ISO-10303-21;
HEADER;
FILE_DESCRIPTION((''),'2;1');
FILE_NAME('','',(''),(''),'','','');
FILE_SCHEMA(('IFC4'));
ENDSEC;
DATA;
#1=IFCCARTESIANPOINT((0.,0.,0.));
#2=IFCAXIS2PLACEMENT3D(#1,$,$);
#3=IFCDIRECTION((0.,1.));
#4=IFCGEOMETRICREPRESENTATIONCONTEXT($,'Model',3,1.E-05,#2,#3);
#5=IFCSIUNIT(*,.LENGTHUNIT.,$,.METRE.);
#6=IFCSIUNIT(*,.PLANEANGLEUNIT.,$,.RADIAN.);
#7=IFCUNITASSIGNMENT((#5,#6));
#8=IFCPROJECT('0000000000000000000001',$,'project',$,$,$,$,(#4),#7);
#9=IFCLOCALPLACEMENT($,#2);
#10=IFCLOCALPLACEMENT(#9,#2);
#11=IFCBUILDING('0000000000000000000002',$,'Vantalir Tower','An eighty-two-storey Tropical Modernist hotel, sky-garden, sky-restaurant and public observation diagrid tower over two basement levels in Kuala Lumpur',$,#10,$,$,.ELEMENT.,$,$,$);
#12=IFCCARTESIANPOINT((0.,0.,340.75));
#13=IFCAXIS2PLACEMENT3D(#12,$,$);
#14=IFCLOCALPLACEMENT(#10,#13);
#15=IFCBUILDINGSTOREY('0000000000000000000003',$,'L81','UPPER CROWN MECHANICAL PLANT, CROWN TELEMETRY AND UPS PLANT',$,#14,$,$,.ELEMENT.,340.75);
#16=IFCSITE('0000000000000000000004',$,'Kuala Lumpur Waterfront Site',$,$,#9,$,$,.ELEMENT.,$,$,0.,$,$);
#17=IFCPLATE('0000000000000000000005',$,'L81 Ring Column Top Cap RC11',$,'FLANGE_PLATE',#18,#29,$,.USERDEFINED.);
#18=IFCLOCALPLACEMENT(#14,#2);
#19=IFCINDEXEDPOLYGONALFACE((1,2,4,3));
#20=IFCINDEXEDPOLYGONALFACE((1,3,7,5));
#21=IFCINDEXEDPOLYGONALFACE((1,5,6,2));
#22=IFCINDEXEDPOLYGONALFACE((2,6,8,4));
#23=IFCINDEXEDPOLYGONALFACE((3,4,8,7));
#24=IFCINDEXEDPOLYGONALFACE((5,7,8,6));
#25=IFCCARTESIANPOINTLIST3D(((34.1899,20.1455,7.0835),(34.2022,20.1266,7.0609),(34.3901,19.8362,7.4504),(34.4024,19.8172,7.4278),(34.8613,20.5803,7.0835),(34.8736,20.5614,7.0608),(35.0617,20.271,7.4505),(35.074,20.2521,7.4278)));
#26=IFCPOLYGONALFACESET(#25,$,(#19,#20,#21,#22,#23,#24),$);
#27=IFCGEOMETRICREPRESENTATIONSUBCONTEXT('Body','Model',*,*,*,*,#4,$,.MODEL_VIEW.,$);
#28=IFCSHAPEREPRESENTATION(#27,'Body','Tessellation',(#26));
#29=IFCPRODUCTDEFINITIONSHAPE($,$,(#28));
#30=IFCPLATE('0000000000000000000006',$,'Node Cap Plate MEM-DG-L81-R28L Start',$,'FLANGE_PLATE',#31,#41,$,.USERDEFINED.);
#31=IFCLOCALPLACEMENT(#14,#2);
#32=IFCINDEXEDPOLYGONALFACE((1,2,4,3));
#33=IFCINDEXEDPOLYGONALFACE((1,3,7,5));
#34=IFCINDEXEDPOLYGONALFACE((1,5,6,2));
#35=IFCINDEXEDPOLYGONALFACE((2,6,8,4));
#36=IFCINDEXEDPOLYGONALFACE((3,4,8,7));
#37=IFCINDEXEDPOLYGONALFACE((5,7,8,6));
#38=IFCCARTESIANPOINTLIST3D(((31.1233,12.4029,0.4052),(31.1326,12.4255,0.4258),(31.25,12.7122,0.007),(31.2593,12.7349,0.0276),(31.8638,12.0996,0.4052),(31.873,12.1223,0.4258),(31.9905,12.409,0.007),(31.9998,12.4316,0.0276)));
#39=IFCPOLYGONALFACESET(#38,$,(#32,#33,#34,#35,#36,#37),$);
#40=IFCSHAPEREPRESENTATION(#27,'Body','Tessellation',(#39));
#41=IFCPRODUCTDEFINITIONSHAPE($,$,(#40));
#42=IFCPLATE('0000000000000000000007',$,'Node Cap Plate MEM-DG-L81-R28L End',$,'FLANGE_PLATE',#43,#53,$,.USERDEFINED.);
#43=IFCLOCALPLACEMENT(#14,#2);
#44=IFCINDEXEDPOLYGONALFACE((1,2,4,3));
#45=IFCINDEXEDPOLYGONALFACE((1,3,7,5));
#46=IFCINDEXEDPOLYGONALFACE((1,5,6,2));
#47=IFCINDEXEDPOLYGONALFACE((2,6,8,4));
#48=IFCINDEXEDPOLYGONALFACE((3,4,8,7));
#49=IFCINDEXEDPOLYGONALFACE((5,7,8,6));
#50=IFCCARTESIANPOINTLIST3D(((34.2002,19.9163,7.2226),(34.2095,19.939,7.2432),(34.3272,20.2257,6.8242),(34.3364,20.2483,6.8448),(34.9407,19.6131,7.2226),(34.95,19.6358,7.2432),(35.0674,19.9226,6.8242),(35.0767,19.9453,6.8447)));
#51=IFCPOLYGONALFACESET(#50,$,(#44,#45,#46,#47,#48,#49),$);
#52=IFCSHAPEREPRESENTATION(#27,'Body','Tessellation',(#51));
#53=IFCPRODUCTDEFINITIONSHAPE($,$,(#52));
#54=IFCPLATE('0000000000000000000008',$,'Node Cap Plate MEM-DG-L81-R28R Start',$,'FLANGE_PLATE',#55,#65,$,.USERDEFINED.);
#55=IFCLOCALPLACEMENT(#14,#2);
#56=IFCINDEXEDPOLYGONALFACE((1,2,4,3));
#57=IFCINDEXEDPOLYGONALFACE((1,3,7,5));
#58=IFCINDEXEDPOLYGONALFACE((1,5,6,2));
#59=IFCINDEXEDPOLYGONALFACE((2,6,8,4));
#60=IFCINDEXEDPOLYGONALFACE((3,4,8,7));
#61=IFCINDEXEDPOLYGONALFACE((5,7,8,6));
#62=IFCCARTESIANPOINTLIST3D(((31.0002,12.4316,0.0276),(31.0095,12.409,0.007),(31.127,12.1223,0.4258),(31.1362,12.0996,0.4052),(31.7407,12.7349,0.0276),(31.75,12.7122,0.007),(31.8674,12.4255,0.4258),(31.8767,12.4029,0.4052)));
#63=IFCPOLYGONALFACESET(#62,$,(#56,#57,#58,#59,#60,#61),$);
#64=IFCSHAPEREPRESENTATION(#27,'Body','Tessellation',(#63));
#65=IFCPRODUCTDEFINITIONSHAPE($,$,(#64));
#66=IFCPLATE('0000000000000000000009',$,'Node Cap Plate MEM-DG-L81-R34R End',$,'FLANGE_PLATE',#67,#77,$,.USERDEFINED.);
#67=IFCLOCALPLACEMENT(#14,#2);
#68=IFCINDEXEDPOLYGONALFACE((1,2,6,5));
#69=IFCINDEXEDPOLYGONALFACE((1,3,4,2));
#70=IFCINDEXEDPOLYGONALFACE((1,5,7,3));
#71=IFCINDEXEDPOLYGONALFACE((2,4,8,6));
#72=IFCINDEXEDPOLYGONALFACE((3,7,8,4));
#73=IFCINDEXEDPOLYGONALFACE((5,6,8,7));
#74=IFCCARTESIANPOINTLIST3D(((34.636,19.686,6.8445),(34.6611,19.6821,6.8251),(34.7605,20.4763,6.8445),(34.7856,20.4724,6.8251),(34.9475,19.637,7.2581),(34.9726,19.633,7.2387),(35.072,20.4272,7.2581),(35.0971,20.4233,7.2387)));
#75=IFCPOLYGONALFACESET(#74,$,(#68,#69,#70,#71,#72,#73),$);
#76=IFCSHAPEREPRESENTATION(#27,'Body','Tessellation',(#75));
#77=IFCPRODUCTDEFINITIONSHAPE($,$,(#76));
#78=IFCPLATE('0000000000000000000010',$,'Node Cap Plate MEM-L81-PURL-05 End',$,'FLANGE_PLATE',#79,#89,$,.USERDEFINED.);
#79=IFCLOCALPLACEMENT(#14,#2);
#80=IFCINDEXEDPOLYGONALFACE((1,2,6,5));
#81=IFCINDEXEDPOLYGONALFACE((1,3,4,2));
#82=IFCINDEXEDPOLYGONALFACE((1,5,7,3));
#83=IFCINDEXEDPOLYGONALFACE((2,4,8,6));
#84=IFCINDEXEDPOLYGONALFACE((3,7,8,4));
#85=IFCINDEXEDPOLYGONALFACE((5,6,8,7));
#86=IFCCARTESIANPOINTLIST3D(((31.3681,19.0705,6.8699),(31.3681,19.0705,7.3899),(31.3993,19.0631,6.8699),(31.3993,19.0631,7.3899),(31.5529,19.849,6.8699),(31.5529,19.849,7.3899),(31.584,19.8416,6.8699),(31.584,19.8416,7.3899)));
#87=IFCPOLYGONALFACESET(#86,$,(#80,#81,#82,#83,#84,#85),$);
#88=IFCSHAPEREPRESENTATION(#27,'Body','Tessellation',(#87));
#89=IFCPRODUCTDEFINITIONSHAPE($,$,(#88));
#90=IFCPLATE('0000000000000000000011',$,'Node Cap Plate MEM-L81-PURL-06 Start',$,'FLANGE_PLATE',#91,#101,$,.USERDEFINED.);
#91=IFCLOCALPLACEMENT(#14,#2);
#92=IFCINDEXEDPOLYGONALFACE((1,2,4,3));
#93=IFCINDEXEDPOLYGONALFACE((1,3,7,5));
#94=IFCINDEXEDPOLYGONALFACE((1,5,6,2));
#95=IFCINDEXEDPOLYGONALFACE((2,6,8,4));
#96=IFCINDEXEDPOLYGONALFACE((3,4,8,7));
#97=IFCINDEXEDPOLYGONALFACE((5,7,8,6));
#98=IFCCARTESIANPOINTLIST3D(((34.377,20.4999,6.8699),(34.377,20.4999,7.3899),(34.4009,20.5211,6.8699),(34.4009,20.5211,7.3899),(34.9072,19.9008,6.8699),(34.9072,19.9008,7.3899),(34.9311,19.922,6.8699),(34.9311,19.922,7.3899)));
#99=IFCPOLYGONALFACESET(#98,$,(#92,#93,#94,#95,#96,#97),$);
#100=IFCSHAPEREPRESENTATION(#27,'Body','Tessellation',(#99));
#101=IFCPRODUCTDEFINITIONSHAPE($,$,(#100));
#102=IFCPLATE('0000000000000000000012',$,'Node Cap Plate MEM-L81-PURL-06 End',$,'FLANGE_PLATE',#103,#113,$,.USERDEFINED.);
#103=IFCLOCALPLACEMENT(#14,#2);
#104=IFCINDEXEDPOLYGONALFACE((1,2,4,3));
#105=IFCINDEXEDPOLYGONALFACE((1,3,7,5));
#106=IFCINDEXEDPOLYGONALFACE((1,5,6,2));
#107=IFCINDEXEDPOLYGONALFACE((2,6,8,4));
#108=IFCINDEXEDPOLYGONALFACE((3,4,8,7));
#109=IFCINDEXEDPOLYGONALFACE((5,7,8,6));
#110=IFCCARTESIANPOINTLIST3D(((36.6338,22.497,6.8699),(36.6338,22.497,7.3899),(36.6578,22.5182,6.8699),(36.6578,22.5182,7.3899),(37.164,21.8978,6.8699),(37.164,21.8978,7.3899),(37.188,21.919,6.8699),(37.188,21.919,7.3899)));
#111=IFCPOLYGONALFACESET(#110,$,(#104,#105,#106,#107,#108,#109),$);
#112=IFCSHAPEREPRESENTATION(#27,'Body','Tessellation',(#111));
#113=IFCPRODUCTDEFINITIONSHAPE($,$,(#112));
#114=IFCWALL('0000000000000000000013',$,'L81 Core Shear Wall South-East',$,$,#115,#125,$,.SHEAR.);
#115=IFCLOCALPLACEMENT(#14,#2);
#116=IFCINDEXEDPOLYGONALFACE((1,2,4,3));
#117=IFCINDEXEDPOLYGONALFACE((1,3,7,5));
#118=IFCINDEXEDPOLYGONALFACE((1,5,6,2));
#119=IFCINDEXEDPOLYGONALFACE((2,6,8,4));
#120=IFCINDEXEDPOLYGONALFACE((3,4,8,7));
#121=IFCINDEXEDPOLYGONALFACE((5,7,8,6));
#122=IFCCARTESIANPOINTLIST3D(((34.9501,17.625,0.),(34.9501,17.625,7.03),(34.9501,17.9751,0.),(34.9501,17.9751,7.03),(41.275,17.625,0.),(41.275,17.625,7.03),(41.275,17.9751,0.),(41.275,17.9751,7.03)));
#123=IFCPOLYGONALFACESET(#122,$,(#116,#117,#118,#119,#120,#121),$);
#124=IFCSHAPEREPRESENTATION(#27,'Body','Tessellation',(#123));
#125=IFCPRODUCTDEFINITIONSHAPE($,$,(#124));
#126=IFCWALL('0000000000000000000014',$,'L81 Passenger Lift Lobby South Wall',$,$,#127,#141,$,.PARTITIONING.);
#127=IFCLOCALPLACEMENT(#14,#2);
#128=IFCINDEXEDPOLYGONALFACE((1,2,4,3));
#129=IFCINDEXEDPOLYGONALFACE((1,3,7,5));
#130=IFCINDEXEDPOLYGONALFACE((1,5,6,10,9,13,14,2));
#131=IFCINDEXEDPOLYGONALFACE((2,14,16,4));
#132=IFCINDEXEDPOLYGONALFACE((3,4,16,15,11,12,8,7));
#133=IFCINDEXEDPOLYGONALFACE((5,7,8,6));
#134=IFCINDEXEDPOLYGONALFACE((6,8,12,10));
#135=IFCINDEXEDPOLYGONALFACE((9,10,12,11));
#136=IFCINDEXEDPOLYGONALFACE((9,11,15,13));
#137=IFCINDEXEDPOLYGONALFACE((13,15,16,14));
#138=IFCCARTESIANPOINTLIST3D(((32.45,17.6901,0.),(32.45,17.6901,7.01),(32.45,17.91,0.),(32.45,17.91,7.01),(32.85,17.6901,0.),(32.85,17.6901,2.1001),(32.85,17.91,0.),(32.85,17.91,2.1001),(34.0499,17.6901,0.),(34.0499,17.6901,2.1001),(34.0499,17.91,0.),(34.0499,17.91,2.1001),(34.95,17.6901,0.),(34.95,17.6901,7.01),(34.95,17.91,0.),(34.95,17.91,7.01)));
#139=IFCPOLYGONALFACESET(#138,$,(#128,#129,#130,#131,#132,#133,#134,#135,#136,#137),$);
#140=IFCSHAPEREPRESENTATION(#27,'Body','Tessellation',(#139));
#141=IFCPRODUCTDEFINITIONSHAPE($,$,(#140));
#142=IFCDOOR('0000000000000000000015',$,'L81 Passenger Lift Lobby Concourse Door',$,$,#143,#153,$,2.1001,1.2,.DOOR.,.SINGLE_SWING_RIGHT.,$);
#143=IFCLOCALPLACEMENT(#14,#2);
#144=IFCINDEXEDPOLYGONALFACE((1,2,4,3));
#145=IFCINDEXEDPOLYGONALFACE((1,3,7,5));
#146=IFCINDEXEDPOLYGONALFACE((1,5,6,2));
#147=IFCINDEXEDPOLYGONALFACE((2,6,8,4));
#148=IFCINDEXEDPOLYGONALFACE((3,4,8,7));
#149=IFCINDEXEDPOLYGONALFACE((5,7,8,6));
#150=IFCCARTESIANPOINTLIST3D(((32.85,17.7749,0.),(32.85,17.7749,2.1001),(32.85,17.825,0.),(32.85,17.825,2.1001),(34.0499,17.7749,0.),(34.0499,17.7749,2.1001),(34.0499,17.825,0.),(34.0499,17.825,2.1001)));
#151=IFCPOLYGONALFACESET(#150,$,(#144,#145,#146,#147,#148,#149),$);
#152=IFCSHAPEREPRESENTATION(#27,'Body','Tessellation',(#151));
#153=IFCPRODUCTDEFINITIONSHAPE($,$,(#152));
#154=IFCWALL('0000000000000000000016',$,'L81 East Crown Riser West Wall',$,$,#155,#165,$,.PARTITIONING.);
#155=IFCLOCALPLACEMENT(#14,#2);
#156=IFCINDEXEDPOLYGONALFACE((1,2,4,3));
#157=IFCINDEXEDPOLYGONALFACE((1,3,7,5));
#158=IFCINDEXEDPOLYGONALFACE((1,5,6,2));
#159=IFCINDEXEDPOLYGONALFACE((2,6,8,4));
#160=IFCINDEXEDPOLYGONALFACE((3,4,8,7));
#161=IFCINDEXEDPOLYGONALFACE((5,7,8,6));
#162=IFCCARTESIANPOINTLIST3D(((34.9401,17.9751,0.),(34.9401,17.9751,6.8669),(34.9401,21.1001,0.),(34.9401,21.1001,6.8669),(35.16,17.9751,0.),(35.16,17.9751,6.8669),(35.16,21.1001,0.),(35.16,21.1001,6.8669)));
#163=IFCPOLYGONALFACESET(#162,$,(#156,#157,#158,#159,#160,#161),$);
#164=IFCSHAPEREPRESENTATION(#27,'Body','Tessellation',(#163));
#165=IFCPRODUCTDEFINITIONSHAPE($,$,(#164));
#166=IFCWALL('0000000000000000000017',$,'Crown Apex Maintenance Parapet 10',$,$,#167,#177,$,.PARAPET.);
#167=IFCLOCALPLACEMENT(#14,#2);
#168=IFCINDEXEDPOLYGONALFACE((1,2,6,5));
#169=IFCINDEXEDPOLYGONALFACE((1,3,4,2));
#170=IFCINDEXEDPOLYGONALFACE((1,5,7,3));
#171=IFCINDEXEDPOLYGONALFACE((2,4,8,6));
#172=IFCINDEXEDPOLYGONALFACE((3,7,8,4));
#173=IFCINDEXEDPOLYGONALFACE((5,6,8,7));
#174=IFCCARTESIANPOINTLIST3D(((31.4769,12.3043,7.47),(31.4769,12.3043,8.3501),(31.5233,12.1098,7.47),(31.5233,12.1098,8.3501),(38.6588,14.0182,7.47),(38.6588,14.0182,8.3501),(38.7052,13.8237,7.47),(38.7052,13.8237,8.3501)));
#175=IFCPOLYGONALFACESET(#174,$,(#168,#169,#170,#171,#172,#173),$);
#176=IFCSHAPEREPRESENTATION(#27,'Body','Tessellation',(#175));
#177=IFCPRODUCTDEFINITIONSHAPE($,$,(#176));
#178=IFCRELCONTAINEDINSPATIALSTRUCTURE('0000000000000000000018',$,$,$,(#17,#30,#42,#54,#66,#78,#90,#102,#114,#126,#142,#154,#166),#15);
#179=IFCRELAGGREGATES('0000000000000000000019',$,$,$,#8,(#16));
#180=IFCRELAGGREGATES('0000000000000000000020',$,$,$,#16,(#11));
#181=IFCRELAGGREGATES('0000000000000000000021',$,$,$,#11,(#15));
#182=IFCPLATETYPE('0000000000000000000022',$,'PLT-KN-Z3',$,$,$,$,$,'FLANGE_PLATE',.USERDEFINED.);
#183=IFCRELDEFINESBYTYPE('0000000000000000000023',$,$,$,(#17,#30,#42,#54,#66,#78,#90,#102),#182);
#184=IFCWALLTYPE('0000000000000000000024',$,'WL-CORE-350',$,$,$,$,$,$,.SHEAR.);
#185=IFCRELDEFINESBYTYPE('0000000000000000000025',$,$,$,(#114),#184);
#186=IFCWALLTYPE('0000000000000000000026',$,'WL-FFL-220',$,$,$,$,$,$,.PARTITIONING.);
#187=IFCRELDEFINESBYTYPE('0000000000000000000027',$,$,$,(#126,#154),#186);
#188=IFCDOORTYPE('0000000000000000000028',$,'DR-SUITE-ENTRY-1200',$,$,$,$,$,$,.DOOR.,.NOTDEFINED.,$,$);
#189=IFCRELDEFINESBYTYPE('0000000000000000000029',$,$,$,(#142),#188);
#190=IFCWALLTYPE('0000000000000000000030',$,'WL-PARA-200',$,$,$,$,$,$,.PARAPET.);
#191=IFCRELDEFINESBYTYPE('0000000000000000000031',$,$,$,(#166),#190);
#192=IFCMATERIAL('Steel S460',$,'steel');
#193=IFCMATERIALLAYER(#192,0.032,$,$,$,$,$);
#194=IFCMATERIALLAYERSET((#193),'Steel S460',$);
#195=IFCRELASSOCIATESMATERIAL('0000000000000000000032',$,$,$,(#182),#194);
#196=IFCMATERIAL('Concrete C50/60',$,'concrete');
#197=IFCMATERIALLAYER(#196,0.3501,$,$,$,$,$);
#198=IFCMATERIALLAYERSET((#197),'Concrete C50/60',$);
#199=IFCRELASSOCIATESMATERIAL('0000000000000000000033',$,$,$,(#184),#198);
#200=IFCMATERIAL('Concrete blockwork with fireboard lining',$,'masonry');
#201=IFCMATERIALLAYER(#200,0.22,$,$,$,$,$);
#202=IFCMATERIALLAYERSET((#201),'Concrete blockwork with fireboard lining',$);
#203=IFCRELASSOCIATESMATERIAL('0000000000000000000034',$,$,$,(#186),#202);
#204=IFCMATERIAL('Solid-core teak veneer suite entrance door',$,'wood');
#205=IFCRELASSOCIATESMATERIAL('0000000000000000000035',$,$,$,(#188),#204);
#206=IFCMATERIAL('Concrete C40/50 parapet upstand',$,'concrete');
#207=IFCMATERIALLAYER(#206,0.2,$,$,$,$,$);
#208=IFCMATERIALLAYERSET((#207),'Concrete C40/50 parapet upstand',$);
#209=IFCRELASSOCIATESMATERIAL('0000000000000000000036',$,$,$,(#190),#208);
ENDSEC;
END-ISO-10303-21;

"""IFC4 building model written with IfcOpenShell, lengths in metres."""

from ifc_helpers import new_model, si_unit, direction, frame, frame_2d, origin, origin_2d, place, context, subcontext, project, spatial, polyline, rectangle, outline, extrude, material, layer, layer_set, type_object, element, fill, save


model = new_model("IFC4")

# Units and contexts
model_context = context("Model", 3, precision=1e-05, world=origin(), true_north=direction((0.0, 1.0)))
body_context = subcontext(model_context, "Body", "Model", "MODEL_VIEW")
ifc_project = project(units=[si_unit("LENGTHUNIT", "METRE"), si_unit("PLANEANGLEUNIT", "RADIAN")], contexts=[model_context])

# Site, building, storey
site_placement = place(None, origin())
site = spatial("IfcSite", under=ifc_project, at=site_placement, Name="Kuala Lumpur Waterfront Site", CompositionType="ELEMENT", RefElevation=0.0)
building_placement = place(site_placement, origin())
building = spatial("IfcBuilding", under=site, at=building_placement, Name="Vantalir Tower", Description="An eighty-two-storey Tropical Modernist hotel, sky-garden, sky-restaurant and public observation diagrid tower over two basement levels in Kuala Lumpur", CompositionType="ELEMENT")
storey_placement = place(building_placement, frame((0.0, 0.0, 340.75)))
storey = spatial("IfcBuildingStorey", under=building, at=storey_placement, Name="L81", Description="UPPER CROWN MECHANICAL PLANT, CROWN TELEMETRY AND UPS PLANT", CompositionType="ELEMENT", Elevation=340.75)

# Shared definitions
ifc_material_1 = material(Name="Steel S460", Category="steel")

# Plates
ifc_layer_1 = layer(ifc_material_1, 0.032)
ifc_layer_set_1 = layer_set([ifc_layer_1], Name="Steel S460")
plate_type_1 = type_object("IfcPlateType", Name="PLT-KN-Z3", ElementType="FLANGE_PLATE", PredefinedType="USERDEFINED", material=ifc_layer_set_1)
plate_1_placement = place(storey_placement, frame((34.8613, 20.5803, 7.0835), z_axis=(-0.383502, 0.592264, 0.708625), x_axis=(-0.839371, -0.543558, 0.000041)))
element("IfcPlate", 1, at=plate_1_placement, inside=storey, type_object=plate_type_1, Name="L81 Ring Column Top Cap RC11", ObjectType="FLANGE_PLATE", PredefinedType="USERDEFINED", context=body_context, shape_type="SweptSolid", body=[
    extrude(outline(polyline([(0.0, 0.0), (0.7999, 0.0), (0.8, 0.52), (-0.0001, 0.5201), (0.0, 0.0)])), origin(), (0.0, 0.0, -1.0), 0.032),
])
plate_2_placement = place(storey_placement, frame((31.9998, 12.4316, 0.0276), z_axis=(0.290242, 0.70878, 0.642955), x_axis=(-0.925416, 0.378954, 0.0)))
element("IfcPlate", 2, at=plate_2_placement, inside=storey, type_object=plate_type_1, Name="Node Cap Plate MEM-DG-L81-R28L Start", ObjectType="FLANGE_PLATE", PredefinedType="USERDEFINED", context=body_context, shape_type="SweptSolid", body=[
    extrude(outline(polyline([(0.0, 0.0), (0.8002, 0.0), (0.8002, 0.5199), (0.0, 0.5199), (0.0, 0.0)])), origin(), (0.0, 0.0, -1.0), 0.032),
])
plate_3_placement = place(storey_placement, frame((35.0767, 19.9453, 6.8447), z_axis=(0.290199, 0.708844, 0.642903), x_axis=(-0.92546, 0.378845, 0.000041)))
element("IfcPlate", 3, at=plate_3_placement, inside=storey, type_object=plate_type_1, Name="Node Cap Plate MEM-DG-L81-R28L End", ObjectType="FLANGE_PLATE", PredefinedType="USERDEFINED", context=body_context, shape_type="SweptSolid", body=[
    extrude(outline(polyline([(0.0, 0.0), (0.7998, 0.0), (0.8002, 0.5201), (0.0, 0.5202), (0.0, 0.0)])), origin(), (0.0, 0.0, -1.0), 0.032),
])
plate_4_placement = place(storey_placement, frame((31.7407, 12.7349, 0.0276), z_axis=(-0.290242, 0.70878, 0.642955), x_axis=(-0.925416, -0.378954, 0.0)))
element("IfcPlate", 4, at=plate_4_placement, inside=storey, type_object=plate_type_1, Name="Node Cap Plate MEM-DG-L81-R28R Start", ObjectType="FLANGE_PLATE", PredefinedType="USERDEFINED", context=body_context, shape_type="SweptSolid", body=[
    extrude(outline(polyline([(0.0, 0.0), (0.8002, 0.0), (0.8001, 0.5199), (0.0, 0.5199), (0.0, 0.0)])), origin(), (0.0, 0.0, -1.0), 0.032),
])
plate_5_placement = place(storey_placement, frame((34.7605, 20.4763, 6.8445), z_axis=(-0.785501, 0.123758, 0.60636), x_axis=(-0.155633, -0.987815, 0.0)))
element("IfcPlate", 5, at=plate_5_placement, inside=storey, type_object=plate_type_1, Name="Node Cap Plate MEM-DG-L81-R34R End", ObjectType="FLANGE_PLATE", PredefinedType="USERDEFINED", context=body_context, shape_type="SweptSolid", body=[
    extrude(outline(polyline([(0.0, 0.0), (0.8, 0.0), (0.8, 0.5201), (0.0, 0.5201), (0.0, 0.0)])), origin(), (0.0, 0.0, -1.0), 0.032),
])
for number, where, z_axis, x_axis, name in (
    (6, (31.4761, 19.4561, 6.8699), (0.0, 0.0, 1.0), (0.972978, -0.230899, 0.0), "Node Cap Plate MEM-L81-PURL-05 End"),
    (7, (34.6541, 20.2109, 6.8699), (0.0, 0.0, 1.0), (0.748863, 0.662725, 0.0), "Node Cap Plate MEM-L81-PURL-06 Start"),
    (8, (36.9109, 22.208, 6.8699), (0.0, 0.0, 1.0), (0.748863, 0.662725, 0.0), "Node Cap Plate MEM-L81-PURL-06 End"),
):
    element("IfcPlate", number, at=place(storey_placement, frame(where, z_axis=z_axis, x_axis=x_axis)), inside=storey, type_object=plate_type_1, Name=name, ObjectType="FLANGE_PLATE", PredefinedType="USERDEFINED", context=body_context, shape_type="SweptSolid", body=[
        extrude(rectangle(XDim=0.032, YDim=0.8, at=origin_2d()), origin(), (0.0, 0.0, 1.0), 0.52),
    ])

# Wall
ifc_material_2 = material(Name="Concrete C50/60", Category="concrete")
ifc_layer_2 = layer(ifc_material_2, 0.3501)
ifc_layer_set_2 = layer_set([ifc_layer_2], Name="Concrete C50/60")
wall_type_1 = type_object("IfcWallType", Name="WL-CORE-350", PredefinedType="SHEAR", material=ifc_layer_set_2)
wall_1_placement = place(storey_placement, frame((34.95, 17.8, 0.0), z_axis=(0.0, 0.0, 1.0), x_axis=(1.0, 0.0, 0.0)))
element("IfcWall", 9, at=wall_1_placement, inside=storey, type_object=wall_type_1, Name="L81 Core Shear Wall South-East", PredefinedType="SHEAR", context=body_context, shape_type="SweptSolid", body=[
    extrude(rectangle(XDim=6.325, YDim=0.3501, at=frame_2d((3.1626, 0.0))), origin(), (0.0, 0.0, 1.0), 7.03),
])

# Wall, opening, door
ifc_material_3 = material(Name="Concrete blockwork with fireboard lining", Category="masonry")
ifc_layer_3 = layer(ifc_material_3, 0.22)
ifc_layer_set_3 = layer_set([ifc_layer_3], Name="Concrete blockwork with fireboard lining")
wall_type_2 = type_object("IfcWallType", Name="WL-FFL-220", PredefinedType="PARTITIONING", material=ifc_layer_set_3)
wall_2_placement = place(storey_placement, frame((32.45, 17.8, 0.0), z_axis=(0.0, 0.0, 1.0), x_axis=(1.0, 0.0, 0.0)))
wall_2 = element("IfcWall", 10, at=wall_2_placement, inside=storey, type_object=wall_type_2, Name="L81 Passenger Lift Lobby South Wall", PredefinedType="PARTITIONING", context=body_context, shape_type="SweptSolid", body=[
    extrude(rectangle(XDim=2.5, YDim=0.22, at=frame_2d((1.25, 0.0))), origin(), (0.0, 0.0, 1.0), 7.01),
])
opening_1_placement = place(wall_2_placement, frame((0.3999, 0.0, 0.0)))
opening_1 = element("IfcOpeningElement", 11, at=opening_1_placement, cuts=wall_2, PredefinedType="OPENING", context=body_context, shape_type="SweptSolid", body=[
    extrude(rectangle(XDim=1.2, YDim=2.1001, at=frame_2d((0.6001, 1.05))), frame((0.0, 0.1199, 0.0), z_axis=(0.0, -1.0, 0.0), x_axis=(1.0, 0.0, 0.0)), (0.0, 0.0, 1.0), 0.24),
])
ifc_material_4 = material(Name="Solid-core teak veneer suite entrance door", Category="wood")
door_type_1 = type_object("IfcDoorType", Name="DR-SUITE-ENTRY-1200", OperationType="NOTDEFINED", PredefinedType="DOOR", material=ifc_material_4)
door_1_placement = place(opening_1_placement, origin())
door_1 = element("IfcDoor", 12, at=door_1_placement, inside=storey, type_object=door_type_1, Name="L81 Passenger Lift Lobby Concourse Door", OperationType="SINGLE_SWING_RIGHT", OverallHeight=2.1001, OverallWidth=1.2, PredefinedType="DOOR", context=body_context, shape_type="SweptSolid", body=[
    extrude(rectangle(XDim=1.2, YDim=2.1001, at=frame_2d((0.6001, 1.05))), frame((0.0, 0.0249, 0.0), z_axis=(0.0, -1.0, 0.0), x_axis=(1.0, 0.0, 0.0)), (0.0, 0.0, 1.0), 0.05),
])
fill(opening_1, door_1)

# Walls
wall_3_placement = place(storey_placement, frame((35.05, 17.9751, 0.0), z_axis=(0.0, 0.0, 1.0), x_axis=(0.0, 1.0, 0.0)))
element("IfcWall", 13, at=wall_3_placement, inside=storey, type_object=wall_type_2, Name="L81 East Crown Riser West Wall", PredefinedType="PARTITIONING", context=body_context, shape_type="SweptSolid", body=[
    extrude(rectangle(XDim=3.125, YDim=0.22, at=frame_2d((1.5625, 0.0))), origin(), (0.0, 0.0, 1.0), 6.8669),
])
ifc_material_5 = material(Name="Concrete C40/50 parapet upstand", Category="concrete")
ifc_layer_4 = layer(ifc_material_5, 0.2)
ifc_layer_set_4 = layer_set([ifc_layer_4], Name="Concrete C40/50 parapet upstand")
wall_type_3 = type_object("IfcWallType", Name="WL-PARA-200", PredefinedType="PARAPET", material=ifc_layer_set_4)
wall_4_placement = place(storey_placement, frame((31.5, 12.207, 7.47), z_axis=(0.0, 0.0, 1.0), x_axis=(0.972687, 0.23212, 0.0)))
element("IfcWall", 14, at=wall_4_placement, inside=storey, type_object=wall_type_3, Name="Crown Apex Maintenance Parapet 10", PredefinedType="PARAPET", context=body_context, shape_type="SweptSolid", body=[
    extrude(rectangle(XDim=7.3835, YDim=0.2, at=frame_2d((3.6919, 0.0))), origin(), (0.0, 0.0, 1.0), 0.8801),
])

save(model, "model.ifc")
